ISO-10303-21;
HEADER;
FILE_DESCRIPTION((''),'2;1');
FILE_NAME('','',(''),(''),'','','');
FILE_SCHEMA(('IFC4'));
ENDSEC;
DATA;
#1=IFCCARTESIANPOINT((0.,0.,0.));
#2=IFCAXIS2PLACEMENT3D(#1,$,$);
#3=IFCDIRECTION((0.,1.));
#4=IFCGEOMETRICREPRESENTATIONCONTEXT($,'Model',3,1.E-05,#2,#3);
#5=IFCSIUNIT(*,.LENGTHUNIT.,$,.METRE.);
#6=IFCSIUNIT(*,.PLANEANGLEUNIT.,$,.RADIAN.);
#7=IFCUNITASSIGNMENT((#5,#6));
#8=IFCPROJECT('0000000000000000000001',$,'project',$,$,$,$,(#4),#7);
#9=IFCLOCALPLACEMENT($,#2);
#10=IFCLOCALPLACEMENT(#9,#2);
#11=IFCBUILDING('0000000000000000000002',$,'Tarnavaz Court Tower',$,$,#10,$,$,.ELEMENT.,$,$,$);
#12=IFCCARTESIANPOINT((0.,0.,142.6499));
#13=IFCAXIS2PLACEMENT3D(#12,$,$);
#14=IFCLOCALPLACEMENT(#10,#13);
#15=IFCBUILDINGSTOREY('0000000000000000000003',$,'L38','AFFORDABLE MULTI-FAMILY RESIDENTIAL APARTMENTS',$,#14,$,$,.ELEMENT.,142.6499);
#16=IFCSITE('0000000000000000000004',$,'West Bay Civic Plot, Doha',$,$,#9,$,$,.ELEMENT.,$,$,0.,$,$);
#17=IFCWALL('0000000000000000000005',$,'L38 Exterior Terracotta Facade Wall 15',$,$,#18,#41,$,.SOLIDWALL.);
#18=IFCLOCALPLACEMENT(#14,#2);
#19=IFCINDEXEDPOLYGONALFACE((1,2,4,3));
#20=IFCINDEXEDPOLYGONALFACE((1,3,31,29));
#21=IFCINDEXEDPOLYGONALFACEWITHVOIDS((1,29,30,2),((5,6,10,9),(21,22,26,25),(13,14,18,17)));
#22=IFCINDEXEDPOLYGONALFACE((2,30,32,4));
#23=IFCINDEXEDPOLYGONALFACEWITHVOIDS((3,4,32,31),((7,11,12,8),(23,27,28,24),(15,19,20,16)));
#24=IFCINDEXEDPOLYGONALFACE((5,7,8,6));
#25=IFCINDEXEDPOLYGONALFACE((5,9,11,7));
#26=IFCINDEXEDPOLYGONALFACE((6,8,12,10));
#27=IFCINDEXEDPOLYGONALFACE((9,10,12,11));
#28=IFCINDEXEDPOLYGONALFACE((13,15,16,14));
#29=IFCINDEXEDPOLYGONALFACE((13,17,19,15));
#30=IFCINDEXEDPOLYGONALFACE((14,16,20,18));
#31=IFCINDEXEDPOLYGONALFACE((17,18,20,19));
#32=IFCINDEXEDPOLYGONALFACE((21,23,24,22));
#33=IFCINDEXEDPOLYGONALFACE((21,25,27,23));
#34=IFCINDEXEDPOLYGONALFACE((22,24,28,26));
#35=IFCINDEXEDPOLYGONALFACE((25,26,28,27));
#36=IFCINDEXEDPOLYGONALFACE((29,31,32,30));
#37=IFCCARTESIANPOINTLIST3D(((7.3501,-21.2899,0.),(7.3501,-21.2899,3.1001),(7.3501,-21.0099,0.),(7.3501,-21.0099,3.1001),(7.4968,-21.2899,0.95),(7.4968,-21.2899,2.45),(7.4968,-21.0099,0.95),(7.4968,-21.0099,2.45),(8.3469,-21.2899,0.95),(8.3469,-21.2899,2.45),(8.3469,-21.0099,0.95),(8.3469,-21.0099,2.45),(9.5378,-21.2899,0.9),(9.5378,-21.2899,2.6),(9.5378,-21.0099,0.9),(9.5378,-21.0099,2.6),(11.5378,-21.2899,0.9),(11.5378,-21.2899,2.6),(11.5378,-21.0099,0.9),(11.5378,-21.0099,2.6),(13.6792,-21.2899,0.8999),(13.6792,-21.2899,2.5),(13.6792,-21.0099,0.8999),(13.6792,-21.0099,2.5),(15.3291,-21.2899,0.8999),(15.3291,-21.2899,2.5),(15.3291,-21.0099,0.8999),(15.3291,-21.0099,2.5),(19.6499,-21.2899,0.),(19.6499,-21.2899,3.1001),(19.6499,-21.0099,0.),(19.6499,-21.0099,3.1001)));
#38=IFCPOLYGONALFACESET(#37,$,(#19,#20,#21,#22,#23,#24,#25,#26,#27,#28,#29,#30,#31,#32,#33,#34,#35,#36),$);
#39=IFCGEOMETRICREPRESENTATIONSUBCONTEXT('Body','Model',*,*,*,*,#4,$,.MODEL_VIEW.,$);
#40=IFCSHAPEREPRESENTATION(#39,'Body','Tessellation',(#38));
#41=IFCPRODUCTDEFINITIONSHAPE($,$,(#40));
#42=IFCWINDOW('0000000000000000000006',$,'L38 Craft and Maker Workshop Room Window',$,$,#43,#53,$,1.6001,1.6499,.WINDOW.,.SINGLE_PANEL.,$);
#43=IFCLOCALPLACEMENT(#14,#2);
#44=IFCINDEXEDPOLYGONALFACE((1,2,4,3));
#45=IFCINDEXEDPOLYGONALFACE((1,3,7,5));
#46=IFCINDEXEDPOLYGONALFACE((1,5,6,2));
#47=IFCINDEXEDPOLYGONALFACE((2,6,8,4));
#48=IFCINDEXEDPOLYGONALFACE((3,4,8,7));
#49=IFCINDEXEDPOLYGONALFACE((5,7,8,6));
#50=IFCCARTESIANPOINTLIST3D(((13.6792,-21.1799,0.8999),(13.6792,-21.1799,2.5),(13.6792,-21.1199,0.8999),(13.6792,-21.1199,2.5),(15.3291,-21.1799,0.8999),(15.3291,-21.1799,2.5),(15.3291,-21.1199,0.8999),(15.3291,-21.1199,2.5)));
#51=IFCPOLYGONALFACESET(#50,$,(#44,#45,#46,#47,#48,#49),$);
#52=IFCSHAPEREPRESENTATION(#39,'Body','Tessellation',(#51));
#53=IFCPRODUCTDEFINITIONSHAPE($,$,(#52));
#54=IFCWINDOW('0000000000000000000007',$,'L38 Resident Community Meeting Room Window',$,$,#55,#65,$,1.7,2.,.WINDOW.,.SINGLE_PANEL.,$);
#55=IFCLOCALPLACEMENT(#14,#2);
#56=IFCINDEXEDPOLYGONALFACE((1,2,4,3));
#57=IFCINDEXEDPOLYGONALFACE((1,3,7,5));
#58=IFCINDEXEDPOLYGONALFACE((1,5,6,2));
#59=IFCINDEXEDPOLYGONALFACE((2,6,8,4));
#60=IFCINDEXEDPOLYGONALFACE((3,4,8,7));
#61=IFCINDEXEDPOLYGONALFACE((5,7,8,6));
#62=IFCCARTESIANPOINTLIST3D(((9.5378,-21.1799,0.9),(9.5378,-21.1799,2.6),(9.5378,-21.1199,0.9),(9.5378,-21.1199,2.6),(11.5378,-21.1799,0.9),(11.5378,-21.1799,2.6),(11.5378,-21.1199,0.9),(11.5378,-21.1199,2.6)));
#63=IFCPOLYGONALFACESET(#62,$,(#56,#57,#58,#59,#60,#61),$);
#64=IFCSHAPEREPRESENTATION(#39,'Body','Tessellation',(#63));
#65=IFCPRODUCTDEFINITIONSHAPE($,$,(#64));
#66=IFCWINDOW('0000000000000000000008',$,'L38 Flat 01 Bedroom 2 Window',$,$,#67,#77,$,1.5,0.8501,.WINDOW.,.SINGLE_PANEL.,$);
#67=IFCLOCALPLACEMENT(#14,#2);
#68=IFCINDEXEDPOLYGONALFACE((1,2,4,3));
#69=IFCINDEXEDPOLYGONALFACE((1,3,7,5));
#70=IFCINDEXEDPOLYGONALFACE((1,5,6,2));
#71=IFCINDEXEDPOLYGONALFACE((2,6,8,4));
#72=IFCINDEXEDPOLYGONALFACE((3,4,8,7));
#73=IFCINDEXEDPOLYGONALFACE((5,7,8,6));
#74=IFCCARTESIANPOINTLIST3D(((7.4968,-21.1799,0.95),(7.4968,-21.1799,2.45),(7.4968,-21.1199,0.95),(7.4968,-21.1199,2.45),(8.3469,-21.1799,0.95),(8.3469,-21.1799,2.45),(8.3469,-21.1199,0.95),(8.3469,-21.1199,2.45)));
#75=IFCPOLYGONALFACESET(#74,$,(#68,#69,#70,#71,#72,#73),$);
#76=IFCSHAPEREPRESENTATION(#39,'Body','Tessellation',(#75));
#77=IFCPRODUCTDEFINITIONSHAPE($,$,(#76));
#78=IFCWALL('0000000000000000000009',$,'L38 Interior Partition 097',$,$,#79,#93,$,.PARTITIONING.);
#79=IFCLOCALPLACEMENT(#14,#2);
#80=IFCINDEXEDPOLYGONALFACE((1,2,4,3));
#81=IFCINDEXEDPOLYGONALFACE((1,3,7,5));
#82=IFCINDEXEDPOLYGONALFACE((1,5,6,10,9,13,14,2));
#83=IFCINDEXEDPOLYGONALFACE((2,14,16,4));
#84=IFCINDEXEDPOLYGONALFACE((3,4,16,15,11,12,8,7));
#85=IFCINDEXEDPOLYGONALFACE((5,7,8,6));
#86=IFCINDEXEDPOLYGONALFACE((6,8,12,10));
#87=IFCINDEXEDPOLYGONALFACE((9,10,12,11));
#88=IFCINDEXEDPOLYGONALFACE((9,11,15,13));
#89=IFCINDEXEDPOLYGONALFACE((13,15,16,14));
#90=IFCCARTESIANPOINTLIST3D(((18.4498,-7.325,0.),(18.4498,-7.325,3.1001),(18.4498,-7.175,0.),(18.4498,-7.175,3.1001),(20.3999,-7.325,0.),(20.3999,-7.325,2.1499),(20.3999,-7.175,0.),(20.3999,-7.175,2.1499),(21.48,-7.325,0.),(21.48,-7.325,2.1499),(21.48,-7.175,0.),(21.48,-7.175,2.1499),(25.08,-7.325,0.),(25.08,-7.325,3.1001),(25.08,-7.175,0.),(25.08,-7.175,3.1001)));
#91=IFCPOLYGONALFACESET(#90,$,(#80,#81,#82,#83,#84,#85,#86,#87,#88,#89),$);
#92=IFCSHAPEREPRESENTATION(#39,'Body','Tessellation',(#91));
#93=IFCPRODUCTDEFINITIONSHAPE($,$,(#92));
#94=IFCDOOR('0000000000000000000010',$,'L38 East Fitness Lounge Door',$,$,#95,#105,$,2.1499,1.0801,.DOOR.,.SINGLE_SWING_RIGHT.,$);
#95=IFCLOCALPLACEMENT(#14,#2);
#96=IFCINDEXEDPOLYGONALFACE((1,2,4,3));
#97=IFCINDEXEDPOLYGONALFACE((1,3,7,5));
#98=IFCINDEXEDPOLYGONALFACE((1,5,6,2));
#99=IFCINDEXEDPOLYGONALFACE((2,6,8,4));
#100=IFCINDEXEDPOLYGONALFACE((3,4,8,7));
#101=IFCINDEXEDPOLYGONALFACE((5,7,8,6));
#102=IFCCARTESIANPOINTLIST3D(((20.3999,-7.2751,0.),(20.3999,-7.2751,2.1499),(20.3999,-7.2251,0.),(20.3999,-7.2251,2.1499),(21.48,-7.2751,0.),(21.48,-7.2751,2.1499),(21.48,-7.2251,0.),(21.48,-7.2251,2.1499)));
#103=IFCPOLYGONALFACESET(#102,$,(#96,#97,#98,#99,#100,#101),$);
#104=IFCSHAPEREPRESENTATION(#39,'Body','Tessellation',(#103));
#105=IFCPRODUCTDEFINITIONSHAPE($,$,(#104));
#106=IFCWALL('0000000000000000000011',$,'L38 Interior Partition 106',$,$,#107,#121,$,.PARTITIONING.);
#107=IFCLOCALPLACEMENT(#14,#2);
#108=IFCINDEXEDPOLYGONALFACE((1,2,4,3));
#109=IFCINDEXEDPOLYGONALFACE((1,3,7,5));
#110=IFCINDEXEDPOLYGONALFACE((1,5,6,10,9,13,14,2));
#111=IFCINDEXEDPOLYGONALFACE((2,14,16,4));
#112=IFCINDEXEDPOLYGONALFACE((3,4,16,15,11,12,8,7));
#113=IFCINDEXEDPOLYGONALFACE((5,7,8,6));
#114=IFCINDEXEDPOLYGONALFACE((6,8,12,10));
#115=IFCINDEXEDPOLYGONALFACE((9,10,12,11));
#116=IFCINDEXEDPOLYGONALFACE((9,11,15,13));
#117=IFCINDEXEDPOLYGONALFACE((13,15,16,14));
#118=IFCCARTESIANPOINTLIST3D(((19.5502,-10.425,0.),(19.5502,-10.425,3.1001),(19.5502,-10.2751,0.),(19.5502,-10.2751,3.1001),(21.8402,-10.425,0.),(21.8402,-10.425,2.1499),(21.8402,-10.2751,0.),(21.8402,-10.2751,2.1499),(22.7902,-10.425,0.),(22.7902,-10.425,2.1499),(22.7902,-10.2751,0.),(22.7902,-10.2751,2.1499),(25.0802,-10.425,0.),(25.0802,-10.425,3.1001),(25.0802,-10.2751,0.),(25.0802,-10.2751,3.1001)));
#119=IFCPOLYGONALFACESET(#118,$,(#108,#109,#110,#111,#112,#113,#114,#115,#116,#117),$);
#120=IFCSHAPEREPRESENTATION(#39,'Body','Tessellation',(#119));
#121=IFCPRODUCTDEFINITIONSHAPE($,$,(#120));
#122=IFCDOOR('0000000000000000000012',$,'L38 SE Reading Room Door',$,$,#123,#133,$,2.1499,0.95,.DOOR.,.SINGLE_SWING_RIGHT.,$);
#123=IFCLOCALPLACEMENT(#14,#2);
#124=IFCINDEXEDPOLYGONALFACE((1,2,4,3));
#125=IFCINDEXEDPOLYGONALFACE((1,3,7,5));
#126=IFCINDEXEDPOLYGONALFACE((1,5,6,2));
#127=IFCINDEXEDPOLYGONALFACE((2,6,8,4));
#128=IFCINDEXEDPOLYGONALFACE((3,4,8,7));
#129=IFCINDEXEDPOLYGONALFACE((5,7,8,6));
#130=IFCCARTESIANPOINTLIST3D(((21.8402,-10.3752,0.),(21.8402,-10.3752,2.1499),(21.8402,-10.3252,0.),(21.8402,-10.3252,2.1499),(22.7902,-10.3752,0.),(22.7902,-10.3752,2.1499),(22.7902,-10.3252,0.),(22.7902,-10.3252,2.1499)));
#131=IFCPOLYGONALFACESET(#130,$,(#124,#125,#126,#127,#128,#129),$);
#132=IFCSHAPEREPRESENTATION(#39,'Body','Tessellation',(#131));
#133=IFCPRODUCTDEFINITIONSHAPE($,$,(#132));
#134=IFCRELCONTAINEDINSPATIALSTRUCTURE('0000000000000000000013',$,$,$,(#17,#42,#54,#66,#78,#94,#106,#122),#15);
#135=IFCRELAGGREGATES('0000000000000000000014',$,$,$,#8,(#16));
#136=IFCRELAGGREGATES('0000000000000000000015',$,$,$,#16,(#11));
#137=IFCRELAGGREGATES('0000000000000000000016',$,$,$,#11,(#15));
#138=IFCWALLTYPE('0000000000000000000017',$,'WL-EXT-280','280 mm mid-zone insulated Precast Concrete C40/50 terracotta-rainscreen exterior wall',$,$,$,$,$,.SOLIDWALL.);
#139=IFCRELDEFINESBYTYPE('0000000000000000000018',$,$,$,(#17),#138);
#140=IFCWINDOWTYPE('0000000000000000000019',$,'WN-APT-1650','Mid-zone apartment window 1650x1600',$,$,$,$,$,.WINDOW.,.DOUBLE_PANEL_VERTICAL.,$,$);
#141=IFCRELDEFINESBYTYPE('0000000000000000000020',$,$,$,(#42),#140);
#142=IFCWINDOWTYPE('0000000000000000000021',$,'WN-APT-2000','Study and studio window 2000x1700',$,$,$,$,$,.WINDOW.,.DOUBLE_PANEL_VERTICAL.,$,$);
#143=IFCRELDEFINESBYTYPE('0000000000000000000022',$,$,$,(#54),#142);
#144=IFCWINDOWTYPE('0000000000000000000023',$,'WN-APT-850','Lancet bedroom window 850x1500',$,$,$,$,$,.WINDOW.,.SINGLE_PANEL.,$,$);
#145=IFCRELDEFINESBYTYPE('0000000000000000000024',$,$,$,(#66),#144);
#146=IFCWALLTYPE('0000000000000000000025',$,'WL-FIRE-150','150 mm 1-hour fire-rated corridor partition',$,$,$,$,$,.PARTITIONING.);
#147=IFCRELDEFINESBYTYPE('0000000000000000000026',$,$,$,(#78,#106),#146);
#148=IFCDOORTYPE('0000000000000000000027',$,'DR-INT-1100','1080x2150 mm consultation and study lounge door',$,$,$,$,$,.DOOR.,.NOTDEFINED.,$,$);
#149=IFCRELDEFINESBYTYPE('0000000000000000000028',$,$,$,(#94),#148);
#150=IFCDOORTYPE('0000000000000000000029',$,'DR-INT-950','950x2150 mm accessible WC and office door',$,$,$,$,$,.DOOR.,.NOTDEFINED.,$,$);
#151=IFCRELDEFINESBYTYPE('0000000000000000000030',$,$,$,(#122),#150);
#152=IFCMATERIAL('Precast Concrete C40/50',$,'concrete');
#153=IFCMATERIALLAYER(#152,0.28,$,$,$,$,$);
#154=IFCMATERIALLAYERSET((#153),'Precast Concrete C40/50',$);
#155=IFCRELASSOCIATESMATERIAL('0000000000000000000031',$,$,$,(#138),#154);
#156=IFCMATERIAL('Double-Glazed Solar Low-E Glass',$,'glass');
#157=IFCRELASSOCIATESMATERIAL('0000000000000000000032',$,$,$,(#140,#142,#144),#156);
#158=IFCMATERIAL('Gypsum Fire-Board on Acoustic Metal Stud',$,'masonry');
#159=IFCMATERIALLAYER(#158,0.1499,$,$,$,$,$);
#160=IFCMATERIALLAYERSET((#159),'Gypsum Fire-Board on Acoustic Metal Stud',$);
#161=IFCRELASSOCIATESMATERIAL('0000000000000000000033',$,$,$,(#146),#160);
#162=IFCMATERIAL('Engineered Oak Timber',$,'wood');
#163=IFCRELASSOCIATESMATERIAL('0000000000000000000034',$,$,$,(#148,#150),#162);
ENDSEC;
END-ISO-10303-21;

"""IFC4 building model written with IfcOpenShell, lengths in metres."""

from ifc_helpers import new_model, si_unit, direction, frame, frame_2d, origin, place, context, subcontext, project, spatial, rectangle, extrude, material, layer, layer_set, type_object, element, fill, save


model = new_model("IFC4")

# Units and contexts
model_context = context("Model", 3, precision=1e-05, world=origin(), true_north=direction((0.0, 1.0)))
body_context = subcontext(model_context, "Body", "Model", "MODEL_VIEW")
ifc_project = project(units=[si_unit("LENGTHUNIT", "METRE"), si_unit("PLANEANGLEUNIT", "RADIAN")], contexts=[model_context])

# Site, building, storey
site_placement = place(None, origin())
site = spatial("IfcSite", under=ifc_project, at=site_placement, Name="West Bay Civic Plot, Doha", CompositionType="ELEMENT", RefElevation=0.0)
building_placement = place(site_placement, origin())
building = spatial("IfcBuilding", under=site, at=building_placement, Name="Tarnavaz Court Tower", CompositionType="ELEMENT")
storey_placement = place(building_placement, frame((0.0, 0.0, 142.6499)))
storey = spatial("IfcBuildingStorey", under=building, at=storey_placement, Name="L38", Description="AFFORDABLE MULTI-FAMILY RESIDENTIAL APARTMENTS", CompositionType="ELEMENT", Elevation=142.6499)

# Shared definitions
ifc_material_1 = material(Name="Precast Concrete C40/50", Category="concrete")
ifc_layer_1 = layer(ifc_material_1, 0.28)
ifc_layer_set_1 = layer_set([ifc_layer_1], Name="Precast Concrete C40/50")
wall_type_1 = type_object("IfcWallType", Name="WL-EXT-280", Description="280 mm mid-zone insulated Precast Concrete C40/50 terracotta-rainscreen exterior wall", PredefinedType="SOLIDWALL", material=ifc_layer_set_1)
ifc_material_2 = material(Name="Double-Glazed Solar Low-E Glass", Category="glass")

# Wall, openings, windows
wall_1_placement = place(storey_placement, frame((19.6499, -21.1499, 0.0), z_axis=(0.0, 0.0, 1.0), x_axis=(-1.0, 0.0, 0.0)))
wall_1 = element("IfcWall", 1, at=wall_1_placement, inside=storey, type_object=wall_type_1, Name="L38 Exterior Terracotta Facade Wall 15", PredefinedType="SOLIDWALL", context=body_context, shape_type="SweptSolid", body=[
    extrude(rectangle(XDim=12.2998, YDim=0.28, at=frame_2d((6.1499, 0.0))), origin(), (0.0, 0.0, 1.0), 3.1001),
])
opening_1_placement = place(wall_1_placement, frame((4.3208, 0.0, 0.8999)))
opening_1 = element("IfcOpeningElement", 2, at=opening_1_placement, cuts=wall_1, PredefinedType="OPENING", context=body_context, shape_type="SweptSolid", body=[
    extrude(rectangle(XDim=1.6499, YDim=1.6001, at=frame_2d((0.825, 0.8))), frame((0.0, 0.1499, 0.0), z_axis=(0.0, -1.0, 0.0), x_axis=(1.0, 0.0, 0.0)), (0.0, 0.0, 1.0), 0.3),
])
opening_2_placement = place(wall_1_placement, frame((8.1121, 0.0, 0.8999)))
opening_2 = element("IfcOpeningElement", 3, at=opening_2_placement, cuts=wall_1, PredefinedType="OPENING", context=body_context, shape_type="SweptSolid", body=[
    extrude(rectangle(XDim=2.0, YDim=1.7, at=frame_2d((1.0, 0.8501))), frame((0.0, 0.1499, 0.0), z_axis=(0.0, -1.0, 0.0), x_axis=(1.0, 0.0, 0.0)), (0.0, 0.0, 1.0), 0.3),
])
opening_3_placement = place(wall_1_placement, frame((11.303, 0.0, 0.95)))
opening_3 = element("IfcOpeningElement", 4, at=opening_3_placement, cuts=wall_1, PredefinedType="OPENING", context=body_context, shape_type="SweptSolid", body=[
    extrude(rectangle(XDim=0.8501, YDim=1.5, at=frame_2d((0.425, 0.75))), frame((0.0, 0.1499, 0.0), z_axis=(0.0, -1.0, 0.0), x_axis=(1.0, 0.0, 0.0)), (0.0, 0.0, 1.0), 0.3),
])
window_type_1 = type_object("IfcWindowType", Name="WN-APT-1650", Description="Mid-zone apartment window 1650x1600", PartitioningType="DOUBLE_PANEL_VERTICAL", PredefinedType="WINDOW", material=ifc_material_2)
window_1_placement = place(opening_1_placement, origin())
window_1 = element("IfcWindow", 5, at=window_1_placement, inside=storey, type_object=window_type_1, Name="L38 Craft and Maker Workshop Room Window", OverallHeight=1.6001, OverallWidth=1.6499, PartitioningType="SINGLE_PANEL", PredefinedType="WINDOW", context=body_context, shape_type="SweptSolid", body=[
    extrude(rectangle(XDim=1.6499, YDim=1.6001, at=frame_2d((0.825, 0.8))), frame((0.0, 0.03, 0.0), z_axis=(0.0, -1.0, 0.0), x_axis=(1.0, 0.0, 0.0)), (0.0, 0.0, 1.0), 0.0601),
])
fill(opening_1, window_1)
window_type_2 = type_object("IfcWindowType", Name="WN-APT-2000", Description="Study and studio window 2000x1700", PartitioningType="DOUBLE_PANEL_VERTICAL", PredefinedType="WINDOW", material=ifc_material_2)
window_2_placement = place(opening_2_placement, origin())
window_2 = element("IfcWindow", 6, at=window_2_placement, inside=storey, type_object=window_type_2, Name="L38 Resident Community Meeting Room Window", OverallHeight=1.7, OverallWidth=2.0, PartitioningType="SINGLE_PANEL", PredefinedType="WINDOW", context=body_context, shape_type="SweptSolid", body=[
    extrude(rectangle(XDim=2.0, YDim=1.7, at=frame_2d((1.0, 0.8501))), frame((0.0, 0.03, 0.0), z_axis=(0.0, -1.0, 0.0), x_axis=(1.0, 0.0, 0.0)), (0.0, 0.0, 1.0), 0.0601),
])
fill(opening_2, window_2)
window_type_3 = type_object("IfcWindowType", Name="WN-APT-850", Description="Lancet bedroom window 850x1500", PartitioningType="SINGLE_PANEL", PredefinedType="WINDOW", material=ifc_material_2)
window_3_placement = place(opening_3_placement, origin())
window_3 = element("IfcWindow", 7, at=window_3_placement, inside=storey, type_object=window_type_3, Name="L38 Flat 01 Bedroom 2 Window", OverallHeight=1.5, OverallWidth=0.8501, PartitioningType="SINGLE_PANEL", PredefinedType="WINDOW", context=body_context, shape_type="SweptSolid", body=[
    extrude(rectangle(XDim=0.8501, YDim=1.5, at=frame_2d((0.425, 0.75))), frame((0.0, 0.03, 0.0), z_axis=(0.0, -1.0, 0.0), x_axis=(1.0, 0.0, 0.0)), (0.0, 0.0, 1.0), 0.0601),
])
fill(opening_3, window_3)

# Walls, openings, doors
ifc_material_3 = material(Name="Gypsum Fire-Board on Acoustic Metal Stud", Category="masonry")
ifc_layer_2 = layer(ifc_material_3, 0.1499)
ifc_layer_set_2 = layer_set([ifc_layer_2], Name="Gypsum Fire-Board on Acoustic Metal Stud")
wall_type_2 = type_object("IfcWallType", Name="WL-FIRE-150", Description="150 mm 1-hour fire-rated corridor partition", PredefinedType="PARTITIONING", material=ifc_layer_set_2)
wall_2_placement = place(storey_placement, frame((18.45, -7.25, 0.0), z_axis=(0.0, 0.0, 1.0), x_axis=(1.0, 0.0, 0.0)))
wall_2 = element("IfcWall", 8, at=wall_2_placement, inside=storey, type_object=wall_type_2, Name="L38 Interior Partition 097", PredefinedType="PARTITIONING", context=body_context, shape_type="SweptSolid", body=[
    extrude(rectangle(XDim=6.6301, YDim=0.1499, at=frame_2d((3.3149, 0.0))), origin(), (0.0, 0.0, 1.0), 3.1001),
])
opening_4_placement = place(wall_2_placement, frame((1.95, 0.0, 0.0)))
opening_4 = element("IfcOpeningElement", 9, at=opening_4_placement, cuts=wall_2, PredefinedType="OPENING", context=body_context, shape_type="SweptSolid", body=[
    extrude(rectangle(XDim=1.0801, YDim=2.1499, at=frame_2d((0.54, 1.075))), frame((0.0, 0.085, 0.0), z_axis=(0.0, -1.0, 0.0), x_axis=(1.0, 0.0, 0.0)), (0.0, 0.0, 1.0), 0.1699),
])
ifc_material_4 = material(Name="Engineered Oak Timber", Category="wood")
door_type_1 = type_object("IfcDoorType", Name="DR-INT-1100", Description="1080x2150 mm consultation and study lounge door", OperationType="NOTDEFINED", PredefinedType="DOOR", material=ifc_material_4)
door_1_placement = place(opening_4_placement, origin())
door_1 = element("IfcDoor", 10, at=door_1_placement, inside=storey, type_object=door_type_1, Name="L38 East Fitness Lounge Door", OperationType="SINGLE_SWING_RIGHT", OverallHeight=2.1499, OverallWidth=1.0801, PredefinedType="DOOR", context=body_context, shape_type="SweptSolid", body=[
    extrude(rectangle(XDim=1.0801, YDim=2.1499, at=frame_2d((0.54, 1.075))), frame((0.0, 0.0249, 0.0), z_axis=(0.0, -1.0, 0.0), x_axis=(1.0, 0.0, 0.0)), (0.0, 0.0, 1.0), 0.05),
])
fill(opening_4, door_1)
wall_3_placement = place(storey_placement, frame((19.55, -10.3501, 0.0), z_axis=(0.0, 0.0, 1.0), x_axis=(1.0, 0.0, 0.0)))
wall_3 = element("IfcWall", 11, at=wall_3_placement, inside=storey, type_object=wall_type_2, Name="L38 Interior Partition 106", PredefinedType="PARTITIONING", context=body_context, shape_type="SweptSolid", body=[
    extrude(rectangle(XDim=5.53, YDim=0.1499, at=frame_2d((2.7651, 0.0))), origin(), (0.0, 0.0, 1.0), 3.1001),
])
opening_5_placement = place(wall_3_placement, frame((2.29, 0.0, 0.0)))
opening_5 = element("IfcOpeningElement", 12, at=opening_5_placement, cuts=wall_3, PredefinedType="OPENING", context=body_context, shape_type="SweptSolid", body=[
    extrude(rectangle(XDim=0.95, YDim=2.1499, at=frame_2d((0.4751, 1.075))), frame((0.0, 0.085, 0.0), z_axis=(0.0, -1.0, 0.0), x_axis=(1.0, 0.0, 0.0)), (0.0, 0.0, 1.0), 0.1699),
])
door_type_2 = type_object("IfcDoorType", Name="DR-INT-950", Description="950x2150 mm accessible WC and office door", OperationType="NOTDEFINED", PredefinedType="DOOR", material=ifc_material_4)
door_2_placement = place(opening_5_placement, origin())
door_2 = element("IfcDoor", 13, at=door_2_placement, inside=storey, type_object=door_type_2, Name="L38 SE Reading Room Door", OperationType="SINGLE_SWING_RIGHT", OverallHeight=2.1499, OverallWidth=0.95, PredefinedType="DOOR", context=body_context, shape_type="SweptSolid", body=[
    extrude(rectangle(XDim=0.95, YDim=2.1499, at=frame_2d((0.4751, 1.075))), frame((0.0, 0.0249, 0.0), z_axis=(0.0, -1.0, 0.0), x_axis=(1.0, 0.0, 0.0)), (0.0, 0.0, 1.0), 0.05),
])
fill(opening_5, door_2)

save(model, "model.ifc")
